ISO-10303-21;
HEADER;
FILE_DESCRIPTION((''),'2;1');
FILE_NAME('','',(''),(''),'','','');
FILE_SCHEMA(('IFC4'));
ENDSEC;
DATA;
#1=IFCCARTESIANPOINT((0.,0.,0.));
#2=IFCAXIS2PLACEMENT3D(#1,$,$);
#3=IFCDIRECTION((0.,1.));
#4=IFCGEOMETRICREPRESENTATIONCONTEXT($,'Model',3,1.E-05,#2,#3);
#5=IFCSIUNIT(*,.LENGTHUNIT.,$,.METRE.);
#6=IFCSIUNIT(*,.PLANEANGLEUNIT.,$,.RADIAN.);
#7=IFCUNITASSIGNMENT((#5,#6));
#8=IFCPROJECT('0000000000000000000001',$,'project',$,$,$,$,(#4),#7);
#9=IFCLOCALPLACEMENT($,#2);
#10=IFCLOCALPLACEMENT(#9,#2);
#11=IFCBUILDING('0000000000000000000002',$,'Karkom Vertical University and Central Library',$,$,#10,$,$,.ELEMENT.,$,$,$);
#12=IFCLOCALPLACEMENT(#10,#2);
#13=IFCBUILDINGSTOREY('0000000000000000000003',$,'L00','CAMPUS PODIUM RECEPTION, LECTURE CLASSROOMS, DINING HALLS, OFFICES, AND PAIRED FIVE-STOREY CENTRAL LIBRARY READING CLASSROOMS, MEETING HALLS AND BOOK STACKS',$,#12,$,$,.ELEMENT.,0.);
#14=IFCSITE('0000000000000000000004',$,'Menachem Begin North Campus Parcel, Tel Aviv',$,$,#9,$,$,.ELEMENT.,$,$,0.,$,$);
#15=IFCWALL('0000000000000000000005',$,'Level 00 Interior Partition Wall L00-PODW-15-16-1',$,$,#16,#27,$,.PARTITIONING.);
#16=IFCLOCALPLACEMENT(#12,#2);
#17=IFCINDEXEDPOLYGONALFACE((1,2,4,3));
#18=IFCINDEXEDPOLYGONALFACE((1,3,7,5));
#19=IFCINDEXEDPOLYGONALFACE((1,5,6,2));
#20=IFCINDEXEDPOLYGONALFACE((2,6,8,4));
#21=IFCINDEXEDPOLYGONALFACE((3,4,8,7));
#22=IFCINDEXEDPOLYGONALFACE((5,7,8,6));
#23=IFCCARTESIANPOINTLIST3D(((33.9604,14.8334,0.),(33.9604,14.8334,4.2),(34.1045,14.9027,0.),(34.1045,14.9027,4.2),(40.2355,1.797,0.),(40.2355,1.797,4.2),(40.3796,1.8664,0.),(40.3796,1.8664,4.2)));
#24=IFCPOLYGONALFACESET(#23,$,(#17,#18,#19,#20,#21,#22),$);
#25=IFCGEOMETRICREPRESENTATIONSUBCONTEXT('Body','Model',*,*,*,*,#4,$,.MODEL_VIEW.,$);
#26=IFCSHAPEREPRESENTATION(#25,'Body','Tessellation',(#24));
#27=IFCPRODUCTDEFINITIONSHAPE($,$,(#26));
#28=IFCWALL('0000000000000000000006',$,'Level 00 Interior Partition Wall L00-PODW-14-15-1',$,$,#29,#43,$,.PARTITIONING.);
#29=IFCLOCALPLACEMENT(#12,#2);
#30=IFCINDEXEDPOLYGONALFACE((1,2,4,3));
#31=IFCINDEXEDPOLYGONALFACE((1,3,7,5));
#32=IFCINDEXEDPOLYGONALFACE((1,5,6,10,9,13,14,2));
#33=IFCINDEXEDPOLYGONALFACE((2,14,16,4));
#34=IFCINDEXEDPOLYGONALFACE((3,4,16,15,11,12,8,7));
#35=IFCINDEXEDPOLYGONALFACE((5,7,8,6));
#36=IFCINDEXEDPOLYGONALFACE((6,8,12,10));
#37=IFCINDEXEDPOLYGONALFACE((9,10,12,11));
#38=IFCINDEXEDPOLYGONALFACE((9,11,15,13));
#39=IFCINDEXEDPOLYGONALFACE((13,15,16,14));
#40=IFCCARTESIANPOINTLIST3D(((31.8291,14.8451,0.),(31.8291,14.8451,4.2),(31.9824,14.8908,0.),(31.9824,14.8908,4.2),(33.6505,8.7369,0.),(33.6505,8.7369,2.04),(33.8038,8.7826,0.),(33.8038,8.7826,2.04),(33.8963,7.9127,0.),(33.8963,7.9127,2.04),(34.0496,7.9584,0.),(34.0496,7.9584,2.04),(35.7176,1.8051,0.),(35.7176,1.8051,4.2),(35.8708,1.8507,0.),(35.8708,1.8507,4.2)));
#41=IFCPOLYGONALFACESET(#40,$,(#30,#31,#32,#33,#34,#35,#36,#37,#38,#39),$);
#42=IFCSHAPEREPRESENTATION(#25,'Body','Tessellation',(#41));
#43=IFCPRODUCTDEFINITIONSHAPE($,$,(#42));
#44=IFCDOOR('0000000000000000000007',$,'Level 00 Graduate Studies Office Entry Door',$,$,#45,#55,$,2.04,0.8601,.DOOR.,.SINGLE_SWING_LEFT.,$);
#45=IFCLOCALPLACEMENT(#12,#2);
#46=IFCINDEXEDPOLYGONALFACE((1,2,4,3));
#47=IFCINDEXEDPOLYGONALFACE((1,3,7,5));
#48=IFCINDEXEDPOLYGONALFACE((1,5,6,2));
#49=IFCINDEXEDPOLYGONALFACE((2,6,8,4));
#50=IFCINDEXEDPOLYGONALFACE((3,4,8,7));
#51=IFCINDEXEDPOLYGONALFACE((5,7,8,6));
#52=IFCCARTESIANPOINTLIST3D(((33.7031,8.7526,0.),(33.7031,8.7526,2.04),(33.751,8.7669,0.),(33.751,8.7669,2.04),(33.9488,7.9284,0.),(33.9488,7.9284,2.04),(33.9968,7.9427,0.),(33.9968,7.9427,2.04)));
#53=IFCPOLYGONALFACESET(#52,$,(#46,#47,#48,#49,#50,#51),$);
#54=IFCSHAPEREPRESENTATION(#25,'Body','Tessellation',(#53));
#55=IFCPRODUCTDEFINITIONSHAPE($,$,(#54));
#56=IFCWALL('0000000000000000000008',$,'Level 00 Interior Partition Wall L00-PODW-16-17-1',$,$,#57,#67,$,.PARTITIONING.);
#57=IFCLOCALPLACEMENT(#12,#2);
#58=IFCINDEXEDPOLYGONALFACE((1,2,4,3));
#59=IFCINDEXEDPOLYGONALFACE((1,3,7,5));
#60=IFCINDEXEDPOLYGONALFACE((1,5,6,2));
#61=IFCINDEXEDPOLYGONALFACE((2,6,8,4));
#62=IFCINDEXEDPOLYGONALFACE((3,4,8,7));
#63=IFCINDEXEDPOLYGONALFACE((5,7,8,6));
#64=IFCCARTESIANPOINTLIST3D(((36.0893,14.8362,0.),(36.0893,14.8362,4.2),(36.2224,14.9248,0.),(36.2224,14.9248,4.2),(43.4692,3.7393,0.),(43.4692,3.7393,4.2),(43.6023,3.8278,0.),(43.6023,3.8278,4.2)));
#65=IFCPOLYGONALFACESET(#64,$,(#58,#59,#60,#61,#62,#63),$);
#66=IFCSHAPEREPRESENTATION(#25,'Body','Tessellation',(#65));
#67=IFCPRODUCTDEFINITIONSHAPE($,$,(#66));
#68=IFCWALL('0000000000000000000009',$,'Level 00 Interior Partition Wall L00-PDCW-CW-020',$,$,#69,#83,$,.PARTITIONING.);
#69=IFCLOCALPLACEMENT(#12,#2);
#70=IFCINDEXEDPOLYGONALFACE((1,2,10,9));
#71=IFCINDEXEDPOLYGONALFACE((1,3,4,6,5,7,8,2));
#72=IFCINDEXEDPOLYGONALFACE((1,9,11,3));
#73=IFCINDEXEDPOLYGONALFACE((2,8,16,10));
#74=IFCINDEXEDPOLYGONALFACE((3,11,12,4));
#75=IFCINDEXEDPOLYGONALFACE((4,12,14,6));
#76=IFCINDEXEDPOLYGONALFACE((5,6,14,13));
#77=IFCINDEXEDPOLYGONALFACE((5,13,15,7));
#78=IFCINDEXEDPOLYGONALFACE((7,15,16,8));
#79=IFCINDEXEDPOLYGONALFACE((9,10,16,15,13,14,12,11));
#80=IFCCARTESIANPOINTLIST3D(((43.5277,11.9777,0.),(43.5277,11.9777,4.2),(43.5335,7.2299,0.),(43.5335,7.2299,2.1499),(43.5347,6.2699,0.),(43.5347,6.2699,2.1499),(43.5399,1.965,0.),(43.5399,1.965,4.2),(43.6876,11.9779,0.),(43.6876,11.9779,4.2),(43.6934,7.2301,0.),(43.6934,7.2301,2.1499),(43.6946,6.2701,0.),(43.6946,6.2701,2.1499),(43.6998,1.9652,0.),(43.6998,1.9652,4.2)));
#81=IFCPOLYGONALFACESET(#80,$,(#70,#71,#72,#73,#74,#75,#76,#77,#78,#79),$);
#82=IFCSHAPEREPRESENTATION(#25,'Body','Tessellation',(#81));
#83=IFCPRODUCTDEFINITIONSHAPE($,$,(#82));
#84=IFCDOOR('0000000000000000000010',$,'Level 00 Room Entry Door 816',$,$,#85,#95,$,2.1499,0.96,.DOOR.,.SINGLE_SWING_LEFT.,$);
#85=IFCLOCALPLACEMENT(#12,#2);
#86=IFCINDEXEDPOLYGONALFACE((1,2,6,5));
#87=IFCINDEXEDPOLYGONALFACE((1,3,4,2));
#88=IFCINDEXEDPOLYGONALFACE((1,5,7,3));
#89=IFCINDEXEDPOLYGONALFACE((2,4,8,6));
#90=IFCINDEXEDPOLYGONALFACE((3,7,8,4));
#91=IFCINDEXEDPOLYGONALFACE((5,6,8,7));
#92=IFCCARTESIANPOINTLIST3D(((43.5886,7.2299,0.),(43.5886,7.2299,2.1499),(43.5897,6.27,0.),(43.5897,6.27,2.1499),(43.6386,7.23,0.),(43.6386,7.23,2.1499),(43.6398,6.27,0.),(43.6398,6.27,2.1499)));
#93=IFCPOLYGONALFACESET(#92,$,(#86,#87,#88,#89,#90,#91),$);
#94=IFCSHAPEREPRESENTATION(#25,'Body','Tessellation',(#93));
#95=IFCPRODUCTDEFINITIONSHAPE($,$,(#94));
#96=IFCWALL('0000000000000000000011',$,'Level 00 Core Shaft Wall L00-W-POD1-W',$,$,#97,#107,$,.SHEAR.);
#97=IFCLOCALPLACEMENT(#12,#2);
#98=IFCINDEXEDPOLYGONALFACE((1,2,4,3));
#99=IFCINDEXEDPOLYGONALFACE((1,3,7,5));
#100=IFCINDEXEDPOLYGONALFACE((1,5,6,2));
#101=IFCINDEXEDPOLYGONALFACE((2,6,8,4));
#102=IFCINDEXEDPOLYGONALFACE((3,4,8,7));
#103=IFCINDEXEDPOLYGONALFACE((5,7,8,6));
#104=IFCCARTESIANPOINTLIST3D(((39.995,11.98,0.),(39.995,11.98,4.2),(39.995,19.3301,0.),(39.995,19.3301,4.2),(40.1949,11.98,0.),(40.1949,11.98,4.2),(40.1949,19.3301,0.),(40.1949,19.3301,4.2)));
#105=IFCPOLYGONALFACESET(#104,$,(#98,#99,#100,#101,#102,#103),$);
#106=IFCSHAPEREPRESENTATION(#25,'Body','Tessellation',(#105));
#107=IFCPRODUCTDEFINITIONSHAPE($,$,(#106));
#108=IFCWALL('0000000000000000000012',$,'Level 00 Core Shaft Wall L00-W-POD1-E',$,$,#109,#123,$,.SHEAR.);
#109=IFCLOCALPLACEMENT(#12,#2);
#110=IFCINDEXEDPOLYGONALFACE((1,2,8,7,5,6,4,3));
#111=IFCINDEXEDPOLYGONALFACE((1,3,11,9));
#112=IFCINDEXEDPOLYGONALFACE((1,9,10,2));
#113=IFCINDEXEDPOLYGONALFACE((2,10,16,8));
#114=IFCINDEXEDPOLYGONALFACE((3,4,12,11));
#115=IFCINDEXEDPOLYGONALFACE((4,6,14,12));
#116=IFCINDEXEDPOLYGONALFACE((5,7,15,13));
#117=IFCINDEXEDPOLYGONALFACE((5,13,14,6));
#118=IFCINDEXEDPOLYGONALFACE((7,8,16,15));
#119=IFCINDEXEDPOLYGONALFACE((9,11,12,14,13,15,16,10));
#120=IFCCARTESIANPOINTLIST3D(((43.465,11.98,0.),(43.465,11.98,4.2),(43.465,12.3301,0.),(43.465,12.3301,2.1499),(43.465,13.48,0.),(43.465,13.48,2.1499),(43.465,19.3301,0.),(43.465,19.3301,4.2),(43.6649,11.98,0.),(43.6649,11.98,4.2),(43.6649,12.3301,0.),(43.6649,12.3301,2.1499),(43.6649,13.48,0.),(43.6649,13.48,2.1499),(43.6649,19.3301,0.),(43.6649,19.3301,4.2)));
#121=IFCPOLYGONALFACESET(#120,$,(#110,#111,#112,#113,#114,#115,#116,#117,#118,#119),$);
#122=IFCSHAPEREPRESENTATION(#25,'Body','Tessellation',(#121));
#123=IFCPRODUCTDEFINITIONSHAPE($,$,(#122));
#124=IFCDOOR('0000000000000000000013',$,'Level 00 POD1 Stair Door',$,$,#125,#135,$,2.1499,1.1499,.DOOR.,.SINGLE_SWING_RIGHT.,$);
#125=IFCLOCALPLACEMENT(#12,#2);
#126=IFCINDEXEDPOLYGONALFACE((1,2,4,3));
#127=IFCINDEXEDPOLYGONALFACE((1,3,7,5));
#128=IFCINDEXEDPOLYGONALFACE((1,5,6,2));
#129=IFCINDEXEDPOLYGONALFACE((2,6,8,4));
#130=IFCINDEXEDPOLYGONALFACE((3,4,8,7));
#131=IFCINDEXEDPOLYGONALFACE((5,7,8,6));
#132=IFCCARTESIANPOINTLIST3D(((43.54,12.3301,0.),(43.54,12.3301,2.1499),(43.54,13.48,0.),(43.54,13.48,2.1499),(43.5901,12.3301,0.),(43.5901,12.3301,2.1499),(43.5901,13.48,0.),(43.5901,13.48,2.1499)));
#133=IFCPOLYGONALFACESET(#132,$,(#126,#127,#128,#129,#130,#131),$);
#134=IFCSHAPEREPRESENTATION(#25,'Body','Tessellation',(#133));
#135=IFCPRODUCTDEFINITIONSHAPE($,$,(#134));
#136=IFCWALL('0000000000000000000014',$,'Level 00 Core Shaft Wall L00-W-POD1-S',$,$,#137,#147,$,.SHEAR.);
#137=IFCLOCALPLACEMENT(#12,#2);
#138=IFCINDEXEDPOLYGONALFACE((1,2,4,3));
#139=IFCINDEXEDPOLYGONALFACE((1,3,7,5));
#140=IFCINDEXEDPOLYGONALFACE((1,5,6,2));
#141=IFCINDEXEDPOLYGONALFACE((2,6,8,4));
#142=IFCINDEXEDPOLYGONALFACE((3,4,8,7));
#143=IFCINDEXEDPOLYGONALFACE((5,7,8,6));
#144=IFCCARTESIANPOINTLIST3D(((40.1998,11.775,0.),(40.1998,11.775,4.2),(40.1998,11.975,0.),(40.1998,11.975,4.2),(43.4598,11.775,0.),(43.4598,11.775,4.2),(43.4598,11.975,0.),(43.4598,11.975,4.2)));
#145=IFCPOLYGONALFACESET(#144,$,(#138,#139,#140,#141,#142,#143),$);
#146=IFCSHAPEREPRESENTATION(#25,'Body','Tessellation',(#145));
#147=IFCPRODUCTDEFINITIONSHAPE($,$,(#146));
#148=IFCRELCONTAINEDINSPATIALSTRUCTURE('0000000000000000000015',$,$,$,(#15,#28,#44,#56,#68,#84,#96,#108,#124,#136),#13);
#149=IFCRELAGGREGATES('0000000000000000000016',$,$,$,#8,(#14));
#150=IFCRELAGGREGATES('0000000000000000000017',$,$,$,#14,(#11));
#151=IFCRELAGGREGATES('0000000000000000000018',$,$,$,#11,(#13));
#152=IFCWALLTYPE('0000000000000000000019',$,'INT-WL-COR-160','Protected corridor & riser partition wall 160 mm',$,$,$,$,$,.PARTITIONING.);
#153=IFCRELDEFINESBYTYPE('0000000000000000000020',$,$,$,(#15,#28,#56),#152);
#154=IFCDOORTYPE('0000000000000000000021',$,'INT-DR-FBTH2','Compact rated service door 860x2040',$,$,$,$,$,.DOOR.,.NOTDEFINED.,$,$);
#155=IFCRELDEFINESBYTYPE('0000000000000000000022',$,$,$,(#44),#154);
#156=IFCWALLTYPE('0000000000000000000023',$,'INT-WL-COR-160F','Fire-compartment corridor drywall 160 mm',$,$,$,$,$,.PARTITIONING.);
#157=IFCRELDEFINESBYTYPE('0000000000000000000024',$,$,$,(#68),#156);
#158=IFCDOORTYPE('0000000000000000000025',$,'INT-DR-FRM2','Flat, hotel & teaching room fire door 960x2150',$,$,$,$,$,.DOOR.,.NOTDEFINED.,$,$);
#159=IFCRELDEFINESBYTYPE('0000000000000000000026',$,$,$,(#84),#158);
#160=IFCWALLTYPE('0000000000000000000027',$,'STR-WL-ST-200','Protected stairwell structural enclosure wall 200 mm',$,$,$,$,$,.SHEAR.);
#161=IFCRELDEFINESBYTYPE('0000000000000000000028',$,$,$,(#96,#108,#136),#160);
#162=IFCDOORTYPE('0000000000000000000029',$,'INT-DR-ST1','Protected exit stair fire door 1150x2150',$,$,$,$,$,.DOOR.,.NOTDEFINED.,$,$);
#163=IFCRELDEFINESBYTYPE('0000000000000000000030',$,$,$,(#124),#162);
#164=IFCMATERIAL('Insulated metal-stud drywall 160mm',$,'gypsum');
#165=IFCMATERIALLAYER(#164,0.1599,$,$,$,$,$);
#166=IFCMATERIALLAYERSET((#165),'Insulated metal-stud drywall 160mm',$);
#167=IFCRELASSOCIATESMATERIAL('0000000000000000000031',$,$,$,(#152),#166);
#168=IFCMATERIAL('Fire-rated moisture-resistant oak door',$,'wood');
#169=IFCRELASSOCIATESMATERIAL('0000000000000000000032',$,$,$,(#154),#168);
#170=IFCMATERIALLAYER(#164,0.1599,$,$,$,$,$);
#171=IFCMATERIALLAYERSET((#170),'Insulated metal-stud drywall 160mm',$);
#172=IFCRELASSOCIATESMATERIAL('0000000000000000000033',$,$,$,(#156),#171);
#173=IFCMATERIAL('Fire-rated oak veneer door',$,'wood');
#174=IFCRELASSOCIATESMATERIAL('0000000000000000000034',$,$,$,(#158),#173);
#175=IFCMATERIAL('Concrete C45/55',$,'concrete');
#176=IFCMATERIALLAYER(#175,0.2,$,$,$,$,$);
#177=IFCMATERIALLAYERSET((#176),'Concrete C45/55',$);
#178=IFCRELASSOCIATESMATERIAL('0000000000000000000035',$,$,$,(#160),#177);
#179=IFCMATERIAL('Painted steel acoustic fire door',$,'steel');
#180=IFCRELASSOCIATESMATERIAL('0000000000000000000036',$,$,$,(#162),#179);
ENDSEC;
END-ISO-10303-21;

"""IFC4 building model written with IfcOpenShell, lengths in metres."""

from ifc_helpers import new_model, si_unit, direction, frame, frame_2d, origin, origin_with_axes, place, context, subcontext, project, spatial, rectangle, extrude, source, transform, mapped, material, layer, layer_set, type_object, element, fill, save


model = new_model("IFC4")

# Units and contexts
model_context = context("Model", 3, precision=1e-05, world=origin(), true_north=direction((0.0, 1.0)))
body_context = subcontext(model_context, "Body", "Model", "MODEL_VIEW")
ifc_project = project(units=[si_unit("LENGTHUNIT", "METRE"), si_unit("PLANEANGLEUNIT", "RADIAN")], contexts=[model_context])

# Site, building, storey
site_placement = place(None, origin())
site = spatial("IfcSite", under=ifc_project, at=site_placement, Name="Menachem Begin North Campus Parcel, Tel Aviv", CompositionType="ELEMENT", RefElevation=0.0)
building_placement = place(site_placement, origin())
building = spatial("IfcBuilding", under=site, at=building_placement, Name="Karkom Vertical University and Central Library", CompositionType="ELEMENT")
storey_placement = place(building_placement, origin())
storey = spatial("IfcBuildingStorey", under=building, at=storey_placement, Name="L00", Description="CAMPUS PODIUM RECEPTION, LECTURE CLASSROOMS, DINING HALLS, OFFICES, AND PAIRED FIVE-STOREY CENTRAL LIBRARY READING CLASSROOMS, MEETING HALLS AND BOOK STACKS", CompositionType="ELEMENT", Elevation=0.0)

# Wall
ifc_material_1 = material(Name="Insulated metal-stud drywall 160mm", Category="gypsum")
ifc_layer_1 = layer(ifc_material_1, 0.1599)
ifc_layer_set_1 = layer_set([ifc_layer_1], Name="Insulated metal-stud drywall 160mm")
wall_type_1 = type_object("IfcWallType", Name="INT-WL-COR-160", Description="Protected corridor & riser partition wall 160 mm", PredefinedType="PARTITIONING", material=ifc_layer_set_1)
wall_1_placement = place(storey_placement, frame((34.0325, 14.8679, 0.0), z_axis=(0.0, 0.0, 1.0), x_axis=(0.433724, -0.901046, 0.0)))
element("IfcWall", 1, at=wall_1_placement, inside=storey, type_object=wall_type_1, Name="Level 00 Interior Partition Wall L00-PODW-15-16-1", PredefinedType="PARTITIONING", context=body_context, shape_type="SweptSolid", body=[
    extrude(rectangle(XDim=14.468, YDim=0.1599, at=frame_2d((7.2339, 0.0))), origin(), (0.0, 0.0, 1.0), 4.2),
])

# Wall, opening, door
wall_2_placement = place(storey_placement, frame((31.9058, 14.8679, 0.0), z_axis=(0.0, 0.0, 1.0), x_axis=(0.285757, -0.958302, 0.0)))
wall_2 = element("IfcWall", 2, at=wall_2_placement, inside=storey, type_object=wall_type_1, Name="Level 00 Interior Partition Wall L00-PODW-14-15-1", PredefinedType="PARTITIONING", context=body_context, shape_type="SweptSolid", body=[
    extrude(rectangle(XDim=13.6074, YDim=0.1599, at=frame_2d((6.8037, 0.0))), origin(), (0.0, 0.0, 1.0), 4.2),
])
opening_1_placement = place(wall_2_placement, frame((6.3738, 0.0, 0.0)))
opening_1 = element("IfcOpeningElement", 3, at=opening_1_placement, cuts=wall_2, PredefinedType="OPENING", context=body_context, shape_type="SweptSolid", body=[
    extrude(rectangle(XDim=0.8601, YDim=2.04, at=frame_2d((0.4302, 1.02))), frame((0.0, 0.0898, 0.0), z_axis=(0.0, -1.0, 0.0), x_axis=(1.0, 0.0, 0.0)), (0.0, 0.0, 1.0), 0.1799),
])
ifc_material_2 = material(Name="Fire-rated moisture-resistant oak door", Category="wood")
door_type_1 = type_object("IfcDoorType", Name="INT-DR-FBTH2", Description="Compact rated service door 860x2040", OperationType="NOTDEFINED", PredefinedType="DOOR", material=ifc_material_2)
shared_shape_1 = source(origin_with_axes(), body_context, "Body", "SweptSolid", [
    extrude(rectangle(XDim=0.8601, YDim=2.04, at=frame_2d((0.4302, 1.02))), frame((0.0, 0.0249, 0.0), z_axis=(0.0, -1.0, 0.0), x_axis=(1.0, 0.0, 0.0)), (0.0, 0.0, 1.0), 0.05),
])
door_1_placement = place(opening_1_placement, origin())
door_1 = element("IfcDoor", 4, at=door_1_placement, inside=storey, type_object=door_type_1, Name="Level 00 Graduate Studies Office Entry Door", OperationType="SINGLE_SWING_LEFT", OverallHeight=2.04, OverallWidth=0.8601, PredefinedType="DOOR", context=body_context, shape_type="MappedRepresentation", body=[
    mapped(shared_shape_1, transform((0.0, 0.0, 0.0), scale=1.0)),
])
fill(opening_1, door_1)

# Wall
wall_3_placement = place(storey_placement, frame((36.1558, 14.8806, 0.0), z_axis=(0.0, 0.0, 1.0), x_axis=(0.553761, -0.832675, 0.0)))
element("IfcWall", 5, at=wall_3_placement, inside=storey, type_object=wall_type_1, Name="Level 00 Interior Partition Wall L00-PODW-16-17-1", PredefinedType="PARTITIONING", context=body_context, shape_type="SweptSolid", body=[
    extrude(rectangle(XDim=13.3269, YDim=0.1599, at=frame_2d((6.6636, 0.0))), origin(), (0.0, 0.0, 1.0), 4.2),
])

# Shared definitions
ifc_layer_2 = layer(ifc_material_1, 0.1599)
ifc_layer_set_2 = layer_set([ifc_layer_2], Name="Insulated metal-stud drywall 160mm")
wall_type_2 = type_object("IfcWallType", Name="INT-WL-COR-160F", Description="Fire-compartment corridor drywall 160 mm", PredefinedType="PARTITIONING", material=ifc_layer_set_2)
ifc_material_3 = material(Name="Fire-rated oak veneer door", Category="wood")
door_type_2 = type_object("IfcDoorType", Name="INT-DR-FRM2", Description="Flat, hotel & teaching room fire door 960x2150", OperationType="NOTDEFINED", PredefinedType="DOOR", material=ifc_material_3)
shared_shape_2 = source(origin_with_axes(), body_context, "Body", "SweptSolid", [
    extrude(rectangle(XDim=0.96, YDim=2.1499, at=frame_2d((0.48, 1.075))), frame((0.0, 0.0249, 0.0), z_axis=(0.0, -1.0, 0.0), x_axis=(1.0, 0.0, 0.0)), (0.0, 0.0, 1.0), 0.05),
])

# Wall, opening, door
wall_4_placement = place(storey_placement, frame((43.6199, 1.9651, 0.0), z_axis=(0.0, 0.0, 1.0), x_axis=(-0.001219, 0.999999, 0.0)))
wall_4 = element("IfcWall", 6, at=wall_4_placement, inside=storey, type_object=wall_type_2, Name="Level 00 Interior Partition Wall L00-PDCW-CW-020", PredefinedType="PARTITIONING", context=body_context, shape_type="SweptSolid", body=[
    extrude(rectangle(XDim=10.0127, YDim=0.1599, at=frame_2d((5.0063, 0.0))), origin(), (0.0, 0.0, 1.0), 4.2),
])
opening_2_placement = place(wall_4_placement, frame((4.3049, 0.0, 0.0)))
opening_2 = element("IfcOpeningElement", 7, at=opening_2_placement, cuts=wall_4, PredefinedType="OPENING", context=body_context, shape_type="SweptSolid", body=[
    extrude(rectangle(XDim=0.96, YDim=2.1499, at=frame_2d((0.48, 1.075))), frame((0.0, 0.0898, 0.0), z_axis=(0.0, -1.0, 0.0), x_axis=(1.0, 0.0, 0.0)), (0.0, 0.0, 1.0), 0.1799),
])
door_2_placement = place(opening_2_placement, origin())
door_2 = element("IfcDoor", 8, at=door_2_placement, inside=storey, type_object=door_type_2, Name="Level 00 Room Entry Door 816", OperationType="SINGLE_SWING_LEFT", OverallHeight=2.1499, OverallWidth=0.96, PredefinedType="DOOR", context=body_context, shape_type="MappedRepresentation", body=[
    mapped(shared_shape_2, transform((0.0, 0.0, 0.0), scale=1.0)),
])
fill(opening_2, door_2)

# Wall
ifc_material_4 = material(Name="Concrete C45/55", Category="concrete")
ifc_layer_3 = layer(ifc_material_4, 0.2)
ifc_layer_set_3 = layer_set([ifc_layer_3], Name="Concrete C45/55")
wall_type_3 = type_object("IfcWallType", Name="STR-WL-ST-200", Description="Protected stairwell structural enclosure wall 200 mm", PredefinedType="SHEAR", material=ifc_layer_set_3)
wall_5_placement = place(storey_placement, frame((40.095, 11.98, 0.0), z_axis=(0.0, 0.0, 1.0), x_axis=(0.0, 1.0, 0.0)))
element("IfcWall", 9, at=wall_5_placement, inside=storey, type_object=wall_type_3, Name="Level 00 Core Shaft Wall L00-W-POD1-W", PredefinedType="SHEAR", context=body_context, shape_type="SweptSolid", body=[
    extrude(rectangle(XDim=7.3501, YDim=0.2, at=frame_2d((3.675, 0.0))), origin(), (0.0, 0.0, 1.0), 4.2),
])

# Wall, opening, door
wall_6_placement = place(storey_placement, frame((43.5649, 11.98, 0.0), z_axis=(0.0, 0.0, 1.0), x_axis=(0.0, 1.0, 0.0)))
wall_6 = element("IfcWall", 10, at=wall_6_placement, inside=storey, type_object=wall_type_3, Name="Level 00 Core Shaft Wall L00-W-POD1-E", PredefinedType="SHEAR", context=body_context, shape_type="SweptSolid", body=[
    extrude(rectangle(XDim=7.3501, YDim=0.2, at=frame_2d((3.675, 0.0))), origin(), (0.0, 0.0, 1.0), 4.2),
])
opening_3_placement = place(wall_6_placement, frame((0.3501, 0.0, 0.0)))
opening_3 = element("IfcOpeningElement", 11, at=opening_3_placement, cuts=wall_6, PredefinedType="OPENING", context=body_context, shape_type="SweptSolid", body=[
    extrude(rectangle(XDim=1.1499, YDim=2.1499, at=frame_2d((0.575, 1.075))), frame((0.0, 0.1099, 0.0), z_axis=(0.0, -1.0, 0.0), x_axis=(1.0, 0.0, 0.0)), (0.0, 0.0, 1.0), 0.22),
])
ifc_material_5 = material(Name="Painted steel acoustic fire door", Category="steel")
door_type_3 = type_object("IfcDoorType", Name="INT-DR-ST1", Description="Protected exit stair fire door 1150x2150", OperationType="NOTDEFINED", PredefinedType="DOOR", material=ifc_material_5)
shared_shape_3 = source(origin_with_axes(), body_context, "Body", "SweptSolid", [
    extrude(rectangle(XDim=1.1499, YDim=2.1499, at=frame_2d((0.575, 1.075))), frame((0.0, 0.0249, 0.0), z_axis=(0.0, -1.0, 0.0), x_axis=(1.0, 0.0, 0.0)), (0.0, 0.0, 1.0), 0.05),
])
door_3_placement = place(opening_3_placement, origin())
door_3 = element("IfcDoor", 12, at=door_3_placement, inside=storey, type_object=door_type_3, Name="Level 00 POD1 Stair Door", OperationType="SINGLE_SWING_RIGHT", OverallHeight=2.1499, OverallWidth=1.1499, PredefinedType="DOOR", context=body_context, shape_type="MappedRepresentation", body=[
    mapped(shared_shape_3, transform((0.0, 0.0, 0.0), scale=1.0)),
])
fill(opening_3, door_3)

# Wall
wall_7_placement = place(storey_placement, frame((40.2, 11.875, 0.0), z_axis=(0.0, 0.0, 1.0), x_axis=(1.0, 0.0, 0.0)))
element("IfcWall", 13, at=wall_7_placement, inside=storey, type_object=wall_type_3, Name="Level 00 Core Shaft Wall L00-W-POD1-S", PredefinedType="SHEAR", context=body_context, shape_type="SweptSolid", body=[
    extrude(rectangle(XDim=3.26, YDim=0.2, at=frame_2d((1.6299, 0.0))), origin(), (0.0, 0.0, 1.0), 4.2),
])

save(model, "model.ifc")
